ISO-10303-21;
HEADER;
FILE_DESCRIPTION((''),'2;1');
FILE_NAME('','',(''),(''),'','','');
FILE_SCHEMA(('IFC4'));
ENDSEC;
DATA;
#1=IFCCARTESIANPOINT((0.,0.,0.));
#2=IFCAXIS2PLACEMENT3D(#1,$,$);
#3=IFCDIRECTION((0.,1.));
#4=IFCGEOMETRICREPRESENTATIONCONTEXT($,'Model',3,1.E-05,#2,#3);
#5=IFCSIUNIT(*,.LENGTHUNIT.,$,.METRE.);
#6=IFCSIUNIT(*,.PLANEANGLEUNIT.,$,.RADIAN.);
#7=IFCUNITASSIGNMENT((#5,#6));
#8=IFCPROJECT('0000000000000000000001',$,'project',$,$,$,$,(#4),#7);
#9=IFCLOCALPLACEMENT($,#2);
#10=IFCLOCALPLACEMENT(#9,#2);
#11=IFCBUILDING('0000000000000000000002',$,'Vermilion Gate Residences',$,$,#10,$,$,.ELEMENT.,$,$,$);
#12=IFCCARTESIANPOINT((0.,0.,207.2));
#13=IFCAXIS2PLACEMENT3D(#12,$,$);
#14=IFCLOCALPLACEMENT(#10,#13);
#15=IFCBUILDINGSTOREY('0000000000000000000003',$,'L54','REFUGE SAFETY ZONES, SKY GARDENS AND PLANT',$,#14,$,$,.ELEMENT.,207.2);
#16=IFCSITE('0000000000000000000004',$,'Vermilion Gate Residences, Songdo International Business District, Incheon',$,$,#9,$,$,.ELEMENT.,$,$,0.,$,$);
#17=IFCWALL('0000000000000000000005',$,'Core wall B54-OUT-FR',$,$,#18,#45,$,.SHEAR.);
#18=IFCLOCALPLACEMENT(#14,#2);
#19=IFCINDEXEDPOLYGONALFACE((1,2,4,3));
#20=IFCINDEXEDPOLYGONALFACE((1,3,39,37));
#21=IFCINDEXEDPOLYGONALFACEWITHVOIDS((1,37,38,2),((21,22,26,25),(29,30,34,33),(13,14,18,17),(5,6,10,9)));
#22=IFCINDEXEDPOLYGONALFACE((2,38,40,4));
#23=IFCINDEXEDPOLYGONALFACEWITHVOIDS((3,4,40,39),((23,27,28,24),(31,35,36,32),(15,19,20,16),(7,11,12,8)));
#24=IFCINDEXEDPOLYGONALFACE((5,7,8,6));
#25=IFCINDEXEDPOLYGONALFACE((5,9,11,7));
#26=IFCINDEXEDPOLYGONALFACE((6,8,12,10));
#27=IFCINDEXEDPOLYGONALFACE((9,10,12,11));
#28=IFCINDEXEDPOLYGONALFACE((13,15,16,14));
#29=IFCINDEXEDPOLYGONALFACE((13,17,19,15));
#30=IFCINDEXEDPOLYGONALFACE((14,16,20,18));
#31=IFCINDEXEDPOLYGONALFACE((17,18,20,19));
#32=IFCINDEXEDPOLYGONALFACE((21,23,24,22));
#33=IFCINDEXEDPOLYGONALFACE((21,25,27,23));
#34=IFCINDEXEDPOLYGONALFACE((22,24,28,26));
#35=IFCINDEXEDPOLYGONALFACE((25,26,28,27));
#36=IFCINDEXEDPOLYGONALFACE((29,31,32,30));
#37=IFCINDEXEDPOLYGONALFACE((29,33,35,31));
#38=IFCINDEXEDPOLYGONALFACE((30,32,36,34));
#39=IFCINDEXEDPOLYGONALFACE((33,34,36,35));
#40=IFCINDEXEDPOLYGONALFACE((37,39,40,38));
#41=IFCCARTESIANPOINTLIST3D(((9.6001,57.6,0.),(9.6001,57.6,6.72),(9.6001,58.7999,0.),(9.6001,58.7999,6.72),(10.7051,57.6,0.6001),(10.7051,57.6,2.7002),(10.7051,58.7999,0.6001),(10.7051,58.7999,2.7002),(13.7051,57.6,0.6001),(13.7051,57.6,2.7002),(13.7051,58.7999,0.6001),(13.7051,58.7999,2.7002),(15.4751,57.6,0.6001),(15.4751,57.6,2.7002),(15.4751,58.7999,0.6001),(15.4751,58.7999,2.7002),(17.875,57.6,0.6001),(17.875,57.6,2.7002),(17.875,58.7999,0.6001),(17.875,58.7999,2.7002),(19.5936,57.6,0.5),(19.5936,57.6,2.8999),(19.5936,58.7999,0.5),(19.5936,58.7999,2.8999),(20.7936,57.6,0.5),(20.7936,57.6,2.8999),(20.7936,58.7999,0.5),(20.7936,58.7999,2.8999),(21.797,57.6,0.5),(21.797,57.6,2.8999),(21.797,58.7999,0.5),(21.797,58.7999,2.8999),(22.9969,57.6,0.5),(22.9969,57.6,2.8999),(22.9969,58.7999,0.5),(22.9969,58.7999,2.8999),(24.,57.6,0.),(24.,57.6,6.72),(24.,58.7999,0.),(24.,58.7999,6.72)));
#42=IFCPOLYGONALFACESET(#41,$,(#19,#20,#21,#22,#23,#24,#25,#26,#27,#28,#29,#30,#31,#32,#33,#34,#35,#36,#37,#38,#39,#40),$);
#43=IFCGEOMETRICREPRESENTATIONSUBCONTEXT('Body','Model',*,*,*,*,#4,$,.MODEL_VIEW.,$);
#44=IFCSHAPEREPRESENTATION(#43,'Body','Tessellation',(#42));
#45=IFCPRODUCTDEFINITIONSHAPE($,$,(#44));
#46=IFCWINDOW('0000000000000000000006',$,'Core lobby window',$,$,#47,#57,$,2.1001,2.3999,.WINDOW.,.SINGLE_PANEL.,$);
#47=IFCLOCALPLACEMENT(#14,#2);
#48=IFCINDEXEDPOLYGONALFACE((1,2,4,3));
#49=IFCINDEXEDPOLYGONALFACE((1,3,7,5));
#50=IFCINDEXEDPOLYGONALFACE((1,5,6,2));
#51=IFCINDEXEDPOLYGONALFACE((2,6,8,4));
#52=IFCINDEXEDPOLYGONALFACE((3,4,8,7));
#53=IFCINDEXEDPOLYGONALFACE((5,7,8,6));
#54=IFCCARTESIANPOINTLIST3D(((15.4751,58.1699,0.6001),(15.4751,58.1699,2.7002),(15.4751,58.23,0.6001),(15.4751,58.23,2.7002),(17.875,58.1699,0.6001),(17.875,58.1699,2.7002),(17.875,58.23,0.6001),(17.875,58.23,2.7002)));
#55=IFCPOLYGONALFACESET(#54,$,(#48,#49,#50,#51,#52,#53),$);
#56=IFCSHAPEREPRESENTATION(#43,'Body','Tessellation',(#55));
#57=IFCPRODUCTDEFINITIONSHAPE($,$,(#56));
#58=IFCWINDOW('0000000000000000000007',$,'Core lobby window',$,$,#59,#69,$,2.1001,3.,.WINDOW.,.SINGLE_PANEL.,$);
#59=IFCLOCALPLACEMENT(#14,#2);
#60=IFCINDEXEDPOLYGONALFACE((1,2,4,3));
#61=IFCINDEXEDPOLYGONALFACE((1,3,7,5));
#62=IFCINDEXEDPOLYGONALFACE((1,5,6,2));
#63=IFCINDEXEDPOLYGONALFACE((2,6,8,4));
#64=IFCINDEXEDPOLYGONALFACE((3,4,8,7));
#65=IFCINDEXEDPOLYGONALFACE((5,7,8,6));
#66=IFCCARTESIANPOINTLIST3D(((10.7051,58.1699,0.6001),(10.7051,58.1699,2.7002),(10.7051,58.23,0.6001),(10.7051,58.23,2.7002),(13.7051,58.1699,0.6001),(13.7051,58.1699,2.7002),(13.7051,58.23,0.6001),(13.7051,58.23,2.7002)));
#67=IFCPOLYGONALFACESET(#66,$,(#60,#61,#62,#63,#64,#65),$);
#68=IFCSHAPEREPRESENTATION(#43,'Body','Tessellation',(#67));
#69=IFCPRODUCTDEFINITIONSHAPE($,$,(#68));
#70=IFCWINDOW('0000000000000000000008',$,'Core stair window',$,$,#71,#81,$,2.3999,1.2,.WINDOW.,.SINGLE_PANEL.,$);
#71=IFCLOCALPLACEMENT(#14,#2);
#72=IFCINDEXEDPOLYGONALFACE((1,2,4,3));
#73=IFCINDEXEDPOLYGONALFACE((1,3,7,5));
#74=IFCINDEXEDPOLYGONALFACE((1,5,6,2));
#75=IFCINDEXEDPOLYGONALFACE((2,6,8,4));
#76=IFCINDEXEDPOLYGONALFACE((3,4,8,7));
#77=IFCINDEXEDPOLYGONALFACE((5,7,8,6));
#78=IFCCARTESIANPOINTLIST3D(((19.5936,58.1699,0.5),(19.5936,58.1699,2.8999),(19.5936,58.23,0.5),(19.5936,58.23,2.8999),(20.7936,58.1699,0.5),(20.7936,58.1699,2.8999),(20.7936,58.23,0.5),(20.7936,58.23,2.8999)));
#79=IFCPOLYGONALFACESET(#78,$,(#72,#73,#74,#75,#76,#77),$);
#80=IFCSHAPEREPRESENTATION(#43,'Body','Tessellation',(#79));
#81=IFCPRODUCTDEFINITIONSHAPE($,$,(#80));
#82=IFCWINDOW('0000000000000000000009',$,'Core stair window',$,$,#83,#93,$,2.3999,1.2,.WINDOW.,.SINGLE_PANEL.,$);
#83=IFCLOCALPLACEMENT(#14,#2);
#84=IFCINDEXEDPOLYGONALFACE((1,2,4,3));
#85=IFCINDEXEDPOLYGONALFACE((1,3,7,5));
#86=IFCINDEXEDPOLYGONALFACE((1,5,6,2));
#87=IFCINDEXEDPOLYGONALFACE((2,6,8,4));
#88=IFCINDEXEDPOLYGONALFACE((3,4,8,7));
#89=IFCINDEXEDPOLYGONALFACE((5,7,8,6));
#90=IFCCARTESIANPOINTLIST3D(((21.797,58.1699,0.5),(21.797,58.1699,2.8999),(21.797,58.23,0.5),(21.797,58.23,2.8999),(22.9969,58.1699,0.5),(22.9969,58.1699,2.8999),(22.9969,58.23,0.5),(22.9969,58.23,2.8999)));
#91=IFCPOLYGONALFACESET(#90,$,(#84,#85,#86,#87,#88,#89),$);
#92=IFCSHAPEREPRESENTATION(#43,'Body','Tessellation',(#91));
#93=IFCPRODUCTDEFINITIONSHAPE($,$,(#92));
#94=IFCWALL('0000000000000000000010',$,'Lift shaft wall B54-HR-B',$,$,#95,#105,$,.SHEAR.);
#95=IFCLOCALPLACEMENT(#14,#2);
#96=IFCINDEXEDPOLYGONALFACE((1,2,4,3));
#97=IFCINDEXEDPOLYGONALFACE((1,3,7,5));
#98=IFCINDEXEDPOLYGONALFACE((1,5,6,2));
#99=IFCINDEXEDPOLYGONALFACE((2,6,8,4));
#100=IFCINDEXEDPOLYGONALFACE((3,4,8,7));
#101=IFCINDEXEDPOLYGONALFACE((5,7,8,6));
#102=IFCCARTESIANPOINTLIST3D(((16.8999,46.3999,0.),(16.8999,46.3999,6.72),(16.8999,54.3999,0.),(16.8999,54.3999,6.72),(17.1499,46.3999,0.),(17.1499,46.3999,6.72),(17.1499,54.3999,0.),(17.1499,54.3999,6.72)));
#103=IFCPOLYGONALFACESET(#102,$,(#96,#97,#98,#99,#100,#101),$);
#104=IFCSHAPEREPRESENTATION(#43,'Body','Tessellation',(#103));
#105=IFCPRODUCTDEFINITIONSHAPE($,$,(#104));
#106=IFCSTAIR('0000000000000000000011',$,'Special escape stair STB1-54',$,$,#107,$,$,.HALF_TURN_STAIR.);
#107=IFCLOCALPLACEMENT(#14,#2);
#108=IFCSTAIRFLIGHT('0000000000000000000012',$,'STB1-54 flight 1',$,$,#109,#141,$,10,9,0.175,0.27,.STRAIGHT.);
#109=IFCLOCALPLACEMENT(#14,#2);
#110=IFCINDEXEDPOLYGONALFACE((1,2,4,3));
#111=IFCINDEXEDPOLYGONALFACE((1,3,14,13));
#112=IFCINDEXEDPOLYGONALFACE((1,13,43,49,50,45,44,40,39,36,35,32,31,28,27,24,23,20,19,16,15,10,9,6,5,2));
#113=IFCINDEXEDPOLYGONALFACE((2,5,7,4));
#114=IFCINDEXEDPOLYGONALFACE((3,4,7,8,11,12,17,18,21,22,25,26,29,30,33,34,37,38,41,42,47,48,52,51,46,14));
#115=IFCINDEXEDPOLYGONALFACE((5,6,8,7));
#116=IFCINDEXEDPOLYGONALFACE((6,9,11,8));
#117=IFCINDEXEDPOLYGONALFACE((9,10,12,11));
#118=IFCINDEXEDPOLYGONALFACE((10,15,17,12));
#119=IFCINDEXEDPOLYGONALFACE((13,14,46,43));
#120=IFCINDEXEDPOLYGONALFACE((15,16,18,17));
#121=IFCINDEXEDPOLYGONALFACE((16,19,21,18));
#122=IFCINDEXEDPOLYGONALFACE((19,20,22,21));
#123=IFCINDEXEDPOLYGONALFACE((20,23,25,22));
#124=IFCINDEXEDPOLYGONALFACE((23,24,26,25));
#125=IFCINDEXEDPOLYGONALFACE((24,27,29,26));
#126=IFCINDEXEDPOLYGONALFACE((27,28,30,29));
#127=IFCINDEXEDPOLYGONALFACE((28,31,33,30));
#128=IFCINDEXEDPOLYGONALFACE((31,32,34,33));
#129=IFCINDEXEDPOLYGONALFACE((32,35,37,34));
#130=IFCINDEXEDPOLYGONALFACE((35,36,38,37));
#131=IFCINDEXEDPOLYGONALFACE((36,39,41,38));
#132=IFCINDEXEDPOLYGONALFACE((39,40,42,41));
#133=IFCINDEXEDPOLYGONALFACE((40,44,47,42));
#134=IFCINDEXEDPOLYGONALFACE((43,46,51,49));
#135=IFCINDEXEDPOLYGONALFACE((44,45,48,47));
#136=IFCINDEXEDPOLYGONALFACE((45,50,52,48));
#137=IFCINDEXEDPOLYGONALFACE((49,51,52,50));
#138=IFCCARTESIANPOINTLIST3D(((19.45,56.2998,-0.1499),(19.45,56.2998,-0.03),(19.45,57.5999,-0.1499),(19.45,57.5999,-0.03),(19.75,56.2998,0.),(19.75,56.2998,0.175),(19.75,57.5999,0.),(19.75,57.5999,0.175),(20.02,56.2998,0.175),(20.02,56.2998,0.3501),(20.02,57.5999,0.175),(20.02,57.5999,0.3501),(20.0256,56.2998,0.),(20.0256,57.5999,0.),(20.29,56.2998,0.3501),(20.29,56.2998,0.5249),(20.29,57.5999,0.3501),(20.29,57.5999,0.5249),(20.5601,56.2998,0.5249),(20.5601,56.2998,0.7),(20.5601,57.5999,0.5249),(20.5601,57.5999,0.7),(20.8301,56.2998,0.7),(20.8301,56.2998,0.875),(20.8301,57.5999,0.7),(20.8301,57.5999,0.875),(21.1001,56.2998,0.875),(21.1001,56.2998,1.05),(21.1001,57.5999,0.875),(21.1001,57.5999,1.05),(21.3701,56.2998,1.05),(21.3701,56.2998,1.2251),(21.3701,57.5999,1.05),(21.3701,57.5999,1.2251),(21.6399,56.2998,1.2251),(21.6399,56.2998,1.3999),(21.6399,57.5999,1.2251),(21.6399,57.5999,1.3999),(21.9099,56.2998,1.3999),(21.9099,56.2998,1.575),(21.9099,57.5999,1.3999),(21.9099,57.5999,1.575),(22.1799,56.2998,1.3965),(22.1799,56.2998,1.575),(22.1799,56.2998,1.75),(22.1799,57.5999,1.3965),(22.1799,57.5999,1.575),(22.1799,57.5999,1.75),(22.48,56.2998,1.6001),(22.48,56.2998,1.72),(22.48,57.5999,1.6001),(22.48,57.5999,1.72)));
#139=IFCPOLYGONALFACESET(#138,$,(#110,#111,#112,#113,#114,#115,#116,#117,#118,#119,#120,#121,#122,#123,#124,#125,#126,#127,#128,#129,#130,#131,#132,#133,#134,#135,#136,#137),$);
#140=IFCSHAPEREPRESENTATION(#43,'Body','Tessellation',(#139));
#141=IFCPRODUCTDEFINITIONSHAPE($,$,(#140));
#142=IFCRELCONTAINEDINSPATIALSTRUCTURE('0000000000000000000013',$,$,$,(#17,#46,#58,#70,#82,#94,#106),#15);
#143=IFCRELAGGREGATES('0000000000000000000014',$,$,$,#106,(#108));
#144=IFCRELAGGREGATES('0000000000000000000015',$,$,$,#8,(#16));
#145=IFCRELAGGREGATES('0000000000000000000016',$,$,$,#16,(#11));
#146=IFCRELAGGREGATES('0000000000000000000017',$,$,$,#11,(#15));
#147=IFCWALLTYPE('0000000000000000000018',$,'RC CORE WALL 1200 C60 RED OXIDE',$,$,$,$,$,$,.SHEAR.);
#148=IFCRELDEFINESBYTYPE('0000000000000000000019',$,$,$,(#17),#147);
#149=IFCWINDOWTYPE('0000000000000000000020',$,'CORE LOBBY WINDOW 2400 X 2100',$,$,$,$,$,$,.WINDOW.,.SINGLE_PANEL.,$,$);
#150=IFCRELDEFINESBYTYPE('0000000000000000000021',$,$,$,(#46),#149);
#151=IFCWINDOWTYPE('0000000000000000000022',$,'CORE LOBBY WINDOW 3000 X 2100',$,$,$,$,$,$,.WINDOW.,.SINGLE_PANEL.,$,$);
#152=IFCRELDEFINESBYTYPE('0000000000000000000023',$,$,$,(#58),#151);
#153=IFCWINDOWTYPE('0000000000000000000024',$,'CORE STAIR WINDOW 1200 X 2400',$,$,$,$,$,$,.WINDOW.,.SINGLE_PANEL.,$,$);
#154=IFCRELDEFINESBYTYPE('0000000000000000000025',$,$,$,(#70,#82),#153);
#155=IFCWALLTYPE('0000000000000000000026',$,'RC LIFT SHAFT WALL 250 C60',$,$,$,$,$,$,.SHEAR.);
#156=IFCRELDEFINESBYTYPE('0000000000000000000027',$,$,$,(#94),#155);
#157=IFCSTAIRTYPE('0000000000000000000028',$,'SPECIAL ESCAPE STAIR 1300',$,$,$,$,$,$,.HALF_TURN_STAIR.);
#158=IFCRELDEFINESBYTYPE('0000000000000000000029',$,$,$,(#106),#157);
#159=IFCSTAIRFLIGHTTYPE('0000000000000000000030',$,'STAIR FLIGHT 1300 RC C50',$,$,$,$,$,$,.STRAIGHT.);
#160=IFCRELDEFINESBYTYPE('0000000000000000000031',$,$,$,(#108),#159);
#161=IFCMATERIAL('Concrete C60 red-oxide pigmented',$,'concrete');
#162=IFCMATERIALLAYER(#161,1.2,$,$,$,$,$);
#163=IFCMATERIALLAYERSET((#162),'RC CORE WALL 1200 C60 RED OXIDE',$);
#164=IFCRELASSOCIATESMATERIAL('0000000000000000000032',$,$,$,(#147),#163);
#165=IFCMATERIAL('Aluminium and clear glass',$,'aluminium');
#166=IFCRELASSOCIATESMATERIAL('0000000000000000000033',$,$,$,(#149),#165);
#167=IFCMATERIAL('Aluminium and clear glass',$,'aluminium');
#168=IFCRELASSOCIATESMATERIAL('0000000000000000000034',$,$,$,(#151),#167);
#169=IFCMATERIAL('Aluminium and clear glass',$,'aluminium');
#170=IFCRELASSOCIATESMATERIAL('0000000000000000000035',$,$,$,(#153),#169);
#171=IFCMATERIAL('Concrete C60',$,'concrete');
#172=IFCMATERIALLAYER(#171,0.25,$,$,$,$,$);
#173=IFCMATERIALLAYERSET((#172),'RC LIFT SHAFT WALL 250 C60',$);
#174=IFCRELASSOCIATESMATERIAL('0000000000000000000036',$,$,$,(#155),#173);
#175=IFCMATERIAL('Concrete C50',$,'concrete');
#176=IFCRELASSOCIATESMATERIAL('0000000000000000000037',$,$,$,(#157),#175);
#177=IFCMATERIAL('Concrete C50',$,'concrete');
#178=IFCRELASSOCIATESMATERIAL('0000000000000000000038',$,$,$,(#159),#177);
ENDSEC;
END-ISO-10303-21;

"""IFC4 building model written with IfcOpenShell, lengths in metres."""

from ifc_helpers import new_model, si_unit, direction, frame, frame_2d, origin, place, context, subcontext, project, spatial, polyline, rectangle, outline, extrude, material, layer, layer_set, type_object, element, fill, aggregate, save


model = new_model("IFC4")

# Units and contexts
model_context = context("Model", 3, precision=1e-05, world=origin(), true_north=direction((0.0, 1.0)))
body_context = subcontext(model_context, "Body", "Model", "MODEL_VIEW")
ifc_project = project(units=[si_unit("LENGTHUNIT", "METRE"), si_unit("PLANEANGLEUNIT", "RADIAN")], contexts=[model_context])

# Site, building, storey
site_placement = place(None, origin())
site = spatial("IfcSite", under=ifc_project, at=site_placement, Name="Vermilion Gate Residences, Songdo International Business District, Incheon", CompositionType="ELEMENT", RefElevation=0.0)
building_placement = place(site_placement, origin())
building = spatial("IfcBuilding", under=site, at=building_placement, Name="Vermilion Gate Residences", CompositionType="ELEMENT")
storey_placement = place(building_placement, frame((0.0, 0.0, 207.2)))
storey = spatial("IfcBuildingStorey", under=building, at=storey_placement, Name="L54", Description="REFUGE SAFETY ZONES, SKY GARDENS AND PLANT", CompositionType="ELEMENT", Elevation=207.2)

# Wall, openings, windows
ifc_material_1 = material(Name="Concrete C60 red-oxide pigmented", Category="concrete")
ifc_layer_1 = layer(ifc_material_1, 1.2)
ifc_layer_set_1 = layer_set([ifc_layer_1], Name="RC CORE WALL 1200 C60 RED OXIDE")
wall_type_1 = type_object("IfcWallType", Name="RC CORE WALL 1200 C60 RED OXIDE", PredefinedType="SHEAR", material=ifc_layer_set_1)
ifc_material_2 = material(Name="Aluminium and clear glass", Category="aluminium")
window_type_1 = type_object("IfcWindowType", Name="CORE LOBBY WINDOW 2400 X 2100", PartitioningType="SINGLE_PANEL", PredefinedType="WINDOW", material=ifc_material_2)
wall_1_placement = place(storey_placement, frame((9.6001, 58.2, 0.0), z_axis=(0.0, 0.0, 1.0), x_axis=(1.0, 0.0, 0.0)))
wall_1 = element("IfcWall", 1, at=wall_1_placement, inside=storey, type_object=wall_type_1, Name="Core wall B54-OUT-FR", PredefinedType="SHEAR", context=body_context, shape_type="SweptSolid", body=[
    extrude(rectangle(XDim=14.3999, YDim=1.2, at=frame_2d((7.2, 0.0))), origin(), (0.0, 0.0, 1.0), 6.72),
])
opening_1_placement = place(wall_1_placement, frame((1.105, 0.0, 0.6001)))
opening_1 = element("IfcOpeningElement", 2, at=opening_1_placement, cuts=wall_1, PredefinedType="OPENING", context=body_context, shape_type="SweptSolid", body=[
    extrude(rectangle(XDim=3.0, YDim=2.1001, at=frame_2d((1.5, 1.05))), frame((0.0, 0.6099, 0.0), z_axis=(0.0, -1.0, 0.0), x_axis=(1.0, 0.0, 0.0)), (0.0, 0.0, 1.0), 1.22),
])
opening_2_placement = place(wall_1_placement, frame((5.875, 0.0, 0.6001)))
opening_2 = element("IfcOpeningElement", 3, at=opening_2_placement, cuts=wall_1, PredefinedType="OPENING", context=body_context, shape_type="SweptSolid", body=[
    extrude(rectangle(XDim=2.3999, YDim=2.1001, at=frame_2d((1.2, 1.05))), frame((0.0, 0.6099, 0.0), z_axis=(0.0, -1.0, 0.0), x_axis=(1.0, 0.0, 0.0)), (0.0, 0.0, 1.0), 1.22),
])
opening_3_placement = place(wall_1_placement, frame((9.9934, 0.0, 0.5)))
opening_3 = element("IfcOpeningElement", 4, at=opening_3_placement, cuts=wall_1, PredefinedType="OPENING", context=body_context, shape_type="SweptSolid", body=[
    extrude(rectangle(XDim=1.2, YDim=2.3999, at=frame_2d((0.6001, 1.2))), frame((0.0, 0.6099, 0.0), z_axis=(0.0, -1.0, 0.0), x_axis=(1.0, 0.0, 0.0)), (0.0, 0.0, 1.0), 1.22),
])
opening_4_placement = place(wall_1_placement, frame((12.1968, 0.0, 0.5)))
opening_4 = element("IfcOpeningElement", 5, at=opening_4_placement, cuts=wall_1, PredefinedType="OPENING", context=body_context, shape_type="SweptSolid", body=[
    extrude(rectangle(XDim=1.2, YDim=2.3999, at=frame_2d((0.6001, 1.2))), frame((0.0, 0.6099, 0.0), z_axis=(0.0, -1.0, 0.0), x_axis=(1.0, 0.0, 0.0)), (0.0, 0.0, 1.0), 1.22),
])
window_1_placement = place(opening_2_placement, origin())
window_1 = element("IfcWindow", 6, at=window_1_placement, inside=storey, type_object=window_type_1, Name="Core lobby window", OverallHeight=2.1001, OverallWidth=2.3999, PartitioningType="SINGLE_PANEL", PredefinedType="WINDOW", context=body_context, shape_type="SweptSolid", body=[
    extrude(rectangle(XDim=2.3999, YDim=2.1001, at=frame_2d((1.2, 1.05))), frame((0.0, 0.03, 0.0), z_axis=(0.0, -1.0, 0.0), x_axis=(1.0, 0.0, 0.0)), (0.0, 0.0, 1.0), 0.0601),
])
fill(opening_2, window_1)
ifc_material_3 = material(Name="Aluminium and clear glass", Category="aluminium")
window_type_2 = type_object("IfcWindowType", Name="CORE LOBBY WINDOW 3000 X 2100", PartitioningType="SINGLE_PANEL", PredefinedType="WINDOW", material=ifc_material_3)
window_2_placement = place(opening_1_placement, origin())
window_2 = element("IfcWindow", 7, at=window_2_placement, inside=storey, type_object=window_type_2, Name="Core lobby window", OverallHeight=2.1001, OverallWidth=3.0, PartitioningType="SINGLE_PANEL", PredefinedType="WINDOW", context=body_context, shape_type="SweptSolid", body=[
    extrude(rectangle(XDim=3.0, YDim=2.1001, at=frame_2d((1.5, 1.05))), frame((0.0, 0.03, 0.0), z_axis=(0.0, -1.0, 0.0), x_axis=(1.0, 0.0, 0.0)), (0.0, 0.0, 1.0), 0.0601),
])
fill(opening_1, window_2)
ifc_material_4 = material(Name="Aluminium and clear glass", Category="aluminium")
window_type_3 = type_object("IfcWindowType", Name="CORE STAIR WINDOW 1200 X 2400", PartitioningType="SINGLE_PANEL", PredefinedType="WINDOW", material=ifc_material_4)
window_3_placement = place(opening_3_placement, origin())
window_3 = element("IfcWindow", 8, at=window_3_placement, inside=storey, type_object=window_type_3, Name="Core stair window", OverallHeight=2.3999, OverallWidth=1.2, PartitioningType="SINGLE_PANEL", PredefinedType="WINDOW", context=body_context, shape_type="SweptSolid", body=[
    extrude(rectangle(XDim=1.2, YDim=2.3999, at=frame_2d((0.6001, 1.2))), frame((0.0, 0.03, 0.0), z_axis=(0.0, -1.0, 0.0), x_axis=(1.0, 0.0, 0.0)), (0.0, 0.0, 1.0), 0.0601),
])
fill(opening_3, window_3)
window_4_placement = place(opening_4_placement, origin())
window_4 = element("IfcWindow", 9, at=window_4_placement, inside=storey, type_object=window_type_3, Name="Core stair window", OverallHeight=2.3999, OverallWidth=1.2, PartitioningType="SINGLE_PANEL", PredefinedType="WINDOW", context=body_context, shape_type="SweptSolid", body=[
    extrude(rectangle(XDim=1.2, YDim=2.3999, at=frame_2d((0.6001, 1.2))), frame((0.0, 0.03, 0.0), z_axis=(0.0, -1.0, 0.0), x_axis=(1.0, 0.0, 0.0)), (0.0, 0.0, 1.0), 0.0601),
])
fill(opening_4, window_4)

# Wall
ifc_material_5 = material(Name="Concrete C60", Category="concrete")
ifc_layer_2 = layer(ifc_material_5, 0.25)
ifc_layer_set_2 = layer_set([ifc_layer_2], Name="RC LIFT SHAFT WALL 250 C60")
wall_type_2 = type_object("IfcWallType", Name="RC LIFT SHAFT WALL 250 C60", PredefinedType="SHEAR", material=ifc_layer_set_2)
wall_2_placement = place(storey_placement, frame((17.0249, 54.3999, 0.0), z_axis=(0.0, 0.0, 1.0), x_axis=(0.0, -1.0, 0.0)))
element("IfcWall", 10, at=wall_2_placement, inside=storey, type_object=wall_type_2, Name="Lift shaft wall B54-HR-B", PredefinedType="SHEAR", context=body_context, shape_type="SweptSolid", body=[
    extrude(rectangle(XDim=8.0, YDim=0.25, at=frame_2d((4.0, 0.0))), origin(), (0.0, 0.0, 1.0), 6.72),
])

# Stair, stair flight
ifc_material_6 = material(Name="Concrete C50", Category="concrete")
stair_type = type_object("IfcStairType", Name="SPECIAL ESCAPE STAIR 1300", PredefinedType="HALF_TURN_STAIR", material=ifc_material_6)
stair_placement = place(storey_placement, origin())
stair = element("IfcStair", 11, at=stair_placement, inside=storey, type_object=stair_type, Name="Special escape stair STB1-54", PredefinedType="HALF_TURN_STAIR")
ifc_material_7 = material(Name="Concrete C50", Category="concrete")
stair_flight_type = type_object("IfcStairFlightType", Name="STAIR FLIGHT 1300 RC C50", PredefinedType="STRAIGHT", material=ifc_material_7)
stair_flight_1_placement = place(storey_placement, frame((19.75, 56.95, 0.0), z_axis=(0.0, 0.0, 1.0), x_axis=(1.0, 0.0, 0.0)))
stair_flight_1 = element("IfcStairFlight", 12, at=stair_flight_1_placement, type_object=stair_flight_type, Name="STB1-54 flight 1", NumberOfRisers=10, NumberOfTreads=9, PredefinedType="STRAIGHT", RiserHeight=0.175, TreadLength=0.27, context=body_context, shape_type="SweptSolid", body=[
    extrude(outline(polyline([(-0.3, -0.1499), (-0.3, -0.03), (0.0, 0.0), (0.0, 0.175), (0.27, 0.175), (0.27, 0.3501), (0.54, 0.3501), (0.54, 0.5249), (0.8101, 0.5249), (0.8101, 0.7), (1.0801, 0.7), (1.0801, 0.875), (1.3501, 0.875), (1.3501, 1.05), (1.6201, 1.05), (1.6201, 1.2251), (1.8899, 1.2251), (1.8899, 1.3999), (2.1599, 1.3999), (2.1599, 1.575), (2.4299, 1.575), (2.4299, 1.75), (2.73, 1.72), (2.73, 1.6001), (2.4299, 1.3965), (0.2756, 0.0), (-0.3, -0.1499)])), frame((0.0, 0.6499, 0.0), z_axis=(0.0, -1.0, 0.0), x_axis=(1.0, 0.0, 0.0)), (0.0, 0.0, 1.0), 1.3),
])
aggregate(stair, [stair_flight_1])

save(model, "model.ifc")
